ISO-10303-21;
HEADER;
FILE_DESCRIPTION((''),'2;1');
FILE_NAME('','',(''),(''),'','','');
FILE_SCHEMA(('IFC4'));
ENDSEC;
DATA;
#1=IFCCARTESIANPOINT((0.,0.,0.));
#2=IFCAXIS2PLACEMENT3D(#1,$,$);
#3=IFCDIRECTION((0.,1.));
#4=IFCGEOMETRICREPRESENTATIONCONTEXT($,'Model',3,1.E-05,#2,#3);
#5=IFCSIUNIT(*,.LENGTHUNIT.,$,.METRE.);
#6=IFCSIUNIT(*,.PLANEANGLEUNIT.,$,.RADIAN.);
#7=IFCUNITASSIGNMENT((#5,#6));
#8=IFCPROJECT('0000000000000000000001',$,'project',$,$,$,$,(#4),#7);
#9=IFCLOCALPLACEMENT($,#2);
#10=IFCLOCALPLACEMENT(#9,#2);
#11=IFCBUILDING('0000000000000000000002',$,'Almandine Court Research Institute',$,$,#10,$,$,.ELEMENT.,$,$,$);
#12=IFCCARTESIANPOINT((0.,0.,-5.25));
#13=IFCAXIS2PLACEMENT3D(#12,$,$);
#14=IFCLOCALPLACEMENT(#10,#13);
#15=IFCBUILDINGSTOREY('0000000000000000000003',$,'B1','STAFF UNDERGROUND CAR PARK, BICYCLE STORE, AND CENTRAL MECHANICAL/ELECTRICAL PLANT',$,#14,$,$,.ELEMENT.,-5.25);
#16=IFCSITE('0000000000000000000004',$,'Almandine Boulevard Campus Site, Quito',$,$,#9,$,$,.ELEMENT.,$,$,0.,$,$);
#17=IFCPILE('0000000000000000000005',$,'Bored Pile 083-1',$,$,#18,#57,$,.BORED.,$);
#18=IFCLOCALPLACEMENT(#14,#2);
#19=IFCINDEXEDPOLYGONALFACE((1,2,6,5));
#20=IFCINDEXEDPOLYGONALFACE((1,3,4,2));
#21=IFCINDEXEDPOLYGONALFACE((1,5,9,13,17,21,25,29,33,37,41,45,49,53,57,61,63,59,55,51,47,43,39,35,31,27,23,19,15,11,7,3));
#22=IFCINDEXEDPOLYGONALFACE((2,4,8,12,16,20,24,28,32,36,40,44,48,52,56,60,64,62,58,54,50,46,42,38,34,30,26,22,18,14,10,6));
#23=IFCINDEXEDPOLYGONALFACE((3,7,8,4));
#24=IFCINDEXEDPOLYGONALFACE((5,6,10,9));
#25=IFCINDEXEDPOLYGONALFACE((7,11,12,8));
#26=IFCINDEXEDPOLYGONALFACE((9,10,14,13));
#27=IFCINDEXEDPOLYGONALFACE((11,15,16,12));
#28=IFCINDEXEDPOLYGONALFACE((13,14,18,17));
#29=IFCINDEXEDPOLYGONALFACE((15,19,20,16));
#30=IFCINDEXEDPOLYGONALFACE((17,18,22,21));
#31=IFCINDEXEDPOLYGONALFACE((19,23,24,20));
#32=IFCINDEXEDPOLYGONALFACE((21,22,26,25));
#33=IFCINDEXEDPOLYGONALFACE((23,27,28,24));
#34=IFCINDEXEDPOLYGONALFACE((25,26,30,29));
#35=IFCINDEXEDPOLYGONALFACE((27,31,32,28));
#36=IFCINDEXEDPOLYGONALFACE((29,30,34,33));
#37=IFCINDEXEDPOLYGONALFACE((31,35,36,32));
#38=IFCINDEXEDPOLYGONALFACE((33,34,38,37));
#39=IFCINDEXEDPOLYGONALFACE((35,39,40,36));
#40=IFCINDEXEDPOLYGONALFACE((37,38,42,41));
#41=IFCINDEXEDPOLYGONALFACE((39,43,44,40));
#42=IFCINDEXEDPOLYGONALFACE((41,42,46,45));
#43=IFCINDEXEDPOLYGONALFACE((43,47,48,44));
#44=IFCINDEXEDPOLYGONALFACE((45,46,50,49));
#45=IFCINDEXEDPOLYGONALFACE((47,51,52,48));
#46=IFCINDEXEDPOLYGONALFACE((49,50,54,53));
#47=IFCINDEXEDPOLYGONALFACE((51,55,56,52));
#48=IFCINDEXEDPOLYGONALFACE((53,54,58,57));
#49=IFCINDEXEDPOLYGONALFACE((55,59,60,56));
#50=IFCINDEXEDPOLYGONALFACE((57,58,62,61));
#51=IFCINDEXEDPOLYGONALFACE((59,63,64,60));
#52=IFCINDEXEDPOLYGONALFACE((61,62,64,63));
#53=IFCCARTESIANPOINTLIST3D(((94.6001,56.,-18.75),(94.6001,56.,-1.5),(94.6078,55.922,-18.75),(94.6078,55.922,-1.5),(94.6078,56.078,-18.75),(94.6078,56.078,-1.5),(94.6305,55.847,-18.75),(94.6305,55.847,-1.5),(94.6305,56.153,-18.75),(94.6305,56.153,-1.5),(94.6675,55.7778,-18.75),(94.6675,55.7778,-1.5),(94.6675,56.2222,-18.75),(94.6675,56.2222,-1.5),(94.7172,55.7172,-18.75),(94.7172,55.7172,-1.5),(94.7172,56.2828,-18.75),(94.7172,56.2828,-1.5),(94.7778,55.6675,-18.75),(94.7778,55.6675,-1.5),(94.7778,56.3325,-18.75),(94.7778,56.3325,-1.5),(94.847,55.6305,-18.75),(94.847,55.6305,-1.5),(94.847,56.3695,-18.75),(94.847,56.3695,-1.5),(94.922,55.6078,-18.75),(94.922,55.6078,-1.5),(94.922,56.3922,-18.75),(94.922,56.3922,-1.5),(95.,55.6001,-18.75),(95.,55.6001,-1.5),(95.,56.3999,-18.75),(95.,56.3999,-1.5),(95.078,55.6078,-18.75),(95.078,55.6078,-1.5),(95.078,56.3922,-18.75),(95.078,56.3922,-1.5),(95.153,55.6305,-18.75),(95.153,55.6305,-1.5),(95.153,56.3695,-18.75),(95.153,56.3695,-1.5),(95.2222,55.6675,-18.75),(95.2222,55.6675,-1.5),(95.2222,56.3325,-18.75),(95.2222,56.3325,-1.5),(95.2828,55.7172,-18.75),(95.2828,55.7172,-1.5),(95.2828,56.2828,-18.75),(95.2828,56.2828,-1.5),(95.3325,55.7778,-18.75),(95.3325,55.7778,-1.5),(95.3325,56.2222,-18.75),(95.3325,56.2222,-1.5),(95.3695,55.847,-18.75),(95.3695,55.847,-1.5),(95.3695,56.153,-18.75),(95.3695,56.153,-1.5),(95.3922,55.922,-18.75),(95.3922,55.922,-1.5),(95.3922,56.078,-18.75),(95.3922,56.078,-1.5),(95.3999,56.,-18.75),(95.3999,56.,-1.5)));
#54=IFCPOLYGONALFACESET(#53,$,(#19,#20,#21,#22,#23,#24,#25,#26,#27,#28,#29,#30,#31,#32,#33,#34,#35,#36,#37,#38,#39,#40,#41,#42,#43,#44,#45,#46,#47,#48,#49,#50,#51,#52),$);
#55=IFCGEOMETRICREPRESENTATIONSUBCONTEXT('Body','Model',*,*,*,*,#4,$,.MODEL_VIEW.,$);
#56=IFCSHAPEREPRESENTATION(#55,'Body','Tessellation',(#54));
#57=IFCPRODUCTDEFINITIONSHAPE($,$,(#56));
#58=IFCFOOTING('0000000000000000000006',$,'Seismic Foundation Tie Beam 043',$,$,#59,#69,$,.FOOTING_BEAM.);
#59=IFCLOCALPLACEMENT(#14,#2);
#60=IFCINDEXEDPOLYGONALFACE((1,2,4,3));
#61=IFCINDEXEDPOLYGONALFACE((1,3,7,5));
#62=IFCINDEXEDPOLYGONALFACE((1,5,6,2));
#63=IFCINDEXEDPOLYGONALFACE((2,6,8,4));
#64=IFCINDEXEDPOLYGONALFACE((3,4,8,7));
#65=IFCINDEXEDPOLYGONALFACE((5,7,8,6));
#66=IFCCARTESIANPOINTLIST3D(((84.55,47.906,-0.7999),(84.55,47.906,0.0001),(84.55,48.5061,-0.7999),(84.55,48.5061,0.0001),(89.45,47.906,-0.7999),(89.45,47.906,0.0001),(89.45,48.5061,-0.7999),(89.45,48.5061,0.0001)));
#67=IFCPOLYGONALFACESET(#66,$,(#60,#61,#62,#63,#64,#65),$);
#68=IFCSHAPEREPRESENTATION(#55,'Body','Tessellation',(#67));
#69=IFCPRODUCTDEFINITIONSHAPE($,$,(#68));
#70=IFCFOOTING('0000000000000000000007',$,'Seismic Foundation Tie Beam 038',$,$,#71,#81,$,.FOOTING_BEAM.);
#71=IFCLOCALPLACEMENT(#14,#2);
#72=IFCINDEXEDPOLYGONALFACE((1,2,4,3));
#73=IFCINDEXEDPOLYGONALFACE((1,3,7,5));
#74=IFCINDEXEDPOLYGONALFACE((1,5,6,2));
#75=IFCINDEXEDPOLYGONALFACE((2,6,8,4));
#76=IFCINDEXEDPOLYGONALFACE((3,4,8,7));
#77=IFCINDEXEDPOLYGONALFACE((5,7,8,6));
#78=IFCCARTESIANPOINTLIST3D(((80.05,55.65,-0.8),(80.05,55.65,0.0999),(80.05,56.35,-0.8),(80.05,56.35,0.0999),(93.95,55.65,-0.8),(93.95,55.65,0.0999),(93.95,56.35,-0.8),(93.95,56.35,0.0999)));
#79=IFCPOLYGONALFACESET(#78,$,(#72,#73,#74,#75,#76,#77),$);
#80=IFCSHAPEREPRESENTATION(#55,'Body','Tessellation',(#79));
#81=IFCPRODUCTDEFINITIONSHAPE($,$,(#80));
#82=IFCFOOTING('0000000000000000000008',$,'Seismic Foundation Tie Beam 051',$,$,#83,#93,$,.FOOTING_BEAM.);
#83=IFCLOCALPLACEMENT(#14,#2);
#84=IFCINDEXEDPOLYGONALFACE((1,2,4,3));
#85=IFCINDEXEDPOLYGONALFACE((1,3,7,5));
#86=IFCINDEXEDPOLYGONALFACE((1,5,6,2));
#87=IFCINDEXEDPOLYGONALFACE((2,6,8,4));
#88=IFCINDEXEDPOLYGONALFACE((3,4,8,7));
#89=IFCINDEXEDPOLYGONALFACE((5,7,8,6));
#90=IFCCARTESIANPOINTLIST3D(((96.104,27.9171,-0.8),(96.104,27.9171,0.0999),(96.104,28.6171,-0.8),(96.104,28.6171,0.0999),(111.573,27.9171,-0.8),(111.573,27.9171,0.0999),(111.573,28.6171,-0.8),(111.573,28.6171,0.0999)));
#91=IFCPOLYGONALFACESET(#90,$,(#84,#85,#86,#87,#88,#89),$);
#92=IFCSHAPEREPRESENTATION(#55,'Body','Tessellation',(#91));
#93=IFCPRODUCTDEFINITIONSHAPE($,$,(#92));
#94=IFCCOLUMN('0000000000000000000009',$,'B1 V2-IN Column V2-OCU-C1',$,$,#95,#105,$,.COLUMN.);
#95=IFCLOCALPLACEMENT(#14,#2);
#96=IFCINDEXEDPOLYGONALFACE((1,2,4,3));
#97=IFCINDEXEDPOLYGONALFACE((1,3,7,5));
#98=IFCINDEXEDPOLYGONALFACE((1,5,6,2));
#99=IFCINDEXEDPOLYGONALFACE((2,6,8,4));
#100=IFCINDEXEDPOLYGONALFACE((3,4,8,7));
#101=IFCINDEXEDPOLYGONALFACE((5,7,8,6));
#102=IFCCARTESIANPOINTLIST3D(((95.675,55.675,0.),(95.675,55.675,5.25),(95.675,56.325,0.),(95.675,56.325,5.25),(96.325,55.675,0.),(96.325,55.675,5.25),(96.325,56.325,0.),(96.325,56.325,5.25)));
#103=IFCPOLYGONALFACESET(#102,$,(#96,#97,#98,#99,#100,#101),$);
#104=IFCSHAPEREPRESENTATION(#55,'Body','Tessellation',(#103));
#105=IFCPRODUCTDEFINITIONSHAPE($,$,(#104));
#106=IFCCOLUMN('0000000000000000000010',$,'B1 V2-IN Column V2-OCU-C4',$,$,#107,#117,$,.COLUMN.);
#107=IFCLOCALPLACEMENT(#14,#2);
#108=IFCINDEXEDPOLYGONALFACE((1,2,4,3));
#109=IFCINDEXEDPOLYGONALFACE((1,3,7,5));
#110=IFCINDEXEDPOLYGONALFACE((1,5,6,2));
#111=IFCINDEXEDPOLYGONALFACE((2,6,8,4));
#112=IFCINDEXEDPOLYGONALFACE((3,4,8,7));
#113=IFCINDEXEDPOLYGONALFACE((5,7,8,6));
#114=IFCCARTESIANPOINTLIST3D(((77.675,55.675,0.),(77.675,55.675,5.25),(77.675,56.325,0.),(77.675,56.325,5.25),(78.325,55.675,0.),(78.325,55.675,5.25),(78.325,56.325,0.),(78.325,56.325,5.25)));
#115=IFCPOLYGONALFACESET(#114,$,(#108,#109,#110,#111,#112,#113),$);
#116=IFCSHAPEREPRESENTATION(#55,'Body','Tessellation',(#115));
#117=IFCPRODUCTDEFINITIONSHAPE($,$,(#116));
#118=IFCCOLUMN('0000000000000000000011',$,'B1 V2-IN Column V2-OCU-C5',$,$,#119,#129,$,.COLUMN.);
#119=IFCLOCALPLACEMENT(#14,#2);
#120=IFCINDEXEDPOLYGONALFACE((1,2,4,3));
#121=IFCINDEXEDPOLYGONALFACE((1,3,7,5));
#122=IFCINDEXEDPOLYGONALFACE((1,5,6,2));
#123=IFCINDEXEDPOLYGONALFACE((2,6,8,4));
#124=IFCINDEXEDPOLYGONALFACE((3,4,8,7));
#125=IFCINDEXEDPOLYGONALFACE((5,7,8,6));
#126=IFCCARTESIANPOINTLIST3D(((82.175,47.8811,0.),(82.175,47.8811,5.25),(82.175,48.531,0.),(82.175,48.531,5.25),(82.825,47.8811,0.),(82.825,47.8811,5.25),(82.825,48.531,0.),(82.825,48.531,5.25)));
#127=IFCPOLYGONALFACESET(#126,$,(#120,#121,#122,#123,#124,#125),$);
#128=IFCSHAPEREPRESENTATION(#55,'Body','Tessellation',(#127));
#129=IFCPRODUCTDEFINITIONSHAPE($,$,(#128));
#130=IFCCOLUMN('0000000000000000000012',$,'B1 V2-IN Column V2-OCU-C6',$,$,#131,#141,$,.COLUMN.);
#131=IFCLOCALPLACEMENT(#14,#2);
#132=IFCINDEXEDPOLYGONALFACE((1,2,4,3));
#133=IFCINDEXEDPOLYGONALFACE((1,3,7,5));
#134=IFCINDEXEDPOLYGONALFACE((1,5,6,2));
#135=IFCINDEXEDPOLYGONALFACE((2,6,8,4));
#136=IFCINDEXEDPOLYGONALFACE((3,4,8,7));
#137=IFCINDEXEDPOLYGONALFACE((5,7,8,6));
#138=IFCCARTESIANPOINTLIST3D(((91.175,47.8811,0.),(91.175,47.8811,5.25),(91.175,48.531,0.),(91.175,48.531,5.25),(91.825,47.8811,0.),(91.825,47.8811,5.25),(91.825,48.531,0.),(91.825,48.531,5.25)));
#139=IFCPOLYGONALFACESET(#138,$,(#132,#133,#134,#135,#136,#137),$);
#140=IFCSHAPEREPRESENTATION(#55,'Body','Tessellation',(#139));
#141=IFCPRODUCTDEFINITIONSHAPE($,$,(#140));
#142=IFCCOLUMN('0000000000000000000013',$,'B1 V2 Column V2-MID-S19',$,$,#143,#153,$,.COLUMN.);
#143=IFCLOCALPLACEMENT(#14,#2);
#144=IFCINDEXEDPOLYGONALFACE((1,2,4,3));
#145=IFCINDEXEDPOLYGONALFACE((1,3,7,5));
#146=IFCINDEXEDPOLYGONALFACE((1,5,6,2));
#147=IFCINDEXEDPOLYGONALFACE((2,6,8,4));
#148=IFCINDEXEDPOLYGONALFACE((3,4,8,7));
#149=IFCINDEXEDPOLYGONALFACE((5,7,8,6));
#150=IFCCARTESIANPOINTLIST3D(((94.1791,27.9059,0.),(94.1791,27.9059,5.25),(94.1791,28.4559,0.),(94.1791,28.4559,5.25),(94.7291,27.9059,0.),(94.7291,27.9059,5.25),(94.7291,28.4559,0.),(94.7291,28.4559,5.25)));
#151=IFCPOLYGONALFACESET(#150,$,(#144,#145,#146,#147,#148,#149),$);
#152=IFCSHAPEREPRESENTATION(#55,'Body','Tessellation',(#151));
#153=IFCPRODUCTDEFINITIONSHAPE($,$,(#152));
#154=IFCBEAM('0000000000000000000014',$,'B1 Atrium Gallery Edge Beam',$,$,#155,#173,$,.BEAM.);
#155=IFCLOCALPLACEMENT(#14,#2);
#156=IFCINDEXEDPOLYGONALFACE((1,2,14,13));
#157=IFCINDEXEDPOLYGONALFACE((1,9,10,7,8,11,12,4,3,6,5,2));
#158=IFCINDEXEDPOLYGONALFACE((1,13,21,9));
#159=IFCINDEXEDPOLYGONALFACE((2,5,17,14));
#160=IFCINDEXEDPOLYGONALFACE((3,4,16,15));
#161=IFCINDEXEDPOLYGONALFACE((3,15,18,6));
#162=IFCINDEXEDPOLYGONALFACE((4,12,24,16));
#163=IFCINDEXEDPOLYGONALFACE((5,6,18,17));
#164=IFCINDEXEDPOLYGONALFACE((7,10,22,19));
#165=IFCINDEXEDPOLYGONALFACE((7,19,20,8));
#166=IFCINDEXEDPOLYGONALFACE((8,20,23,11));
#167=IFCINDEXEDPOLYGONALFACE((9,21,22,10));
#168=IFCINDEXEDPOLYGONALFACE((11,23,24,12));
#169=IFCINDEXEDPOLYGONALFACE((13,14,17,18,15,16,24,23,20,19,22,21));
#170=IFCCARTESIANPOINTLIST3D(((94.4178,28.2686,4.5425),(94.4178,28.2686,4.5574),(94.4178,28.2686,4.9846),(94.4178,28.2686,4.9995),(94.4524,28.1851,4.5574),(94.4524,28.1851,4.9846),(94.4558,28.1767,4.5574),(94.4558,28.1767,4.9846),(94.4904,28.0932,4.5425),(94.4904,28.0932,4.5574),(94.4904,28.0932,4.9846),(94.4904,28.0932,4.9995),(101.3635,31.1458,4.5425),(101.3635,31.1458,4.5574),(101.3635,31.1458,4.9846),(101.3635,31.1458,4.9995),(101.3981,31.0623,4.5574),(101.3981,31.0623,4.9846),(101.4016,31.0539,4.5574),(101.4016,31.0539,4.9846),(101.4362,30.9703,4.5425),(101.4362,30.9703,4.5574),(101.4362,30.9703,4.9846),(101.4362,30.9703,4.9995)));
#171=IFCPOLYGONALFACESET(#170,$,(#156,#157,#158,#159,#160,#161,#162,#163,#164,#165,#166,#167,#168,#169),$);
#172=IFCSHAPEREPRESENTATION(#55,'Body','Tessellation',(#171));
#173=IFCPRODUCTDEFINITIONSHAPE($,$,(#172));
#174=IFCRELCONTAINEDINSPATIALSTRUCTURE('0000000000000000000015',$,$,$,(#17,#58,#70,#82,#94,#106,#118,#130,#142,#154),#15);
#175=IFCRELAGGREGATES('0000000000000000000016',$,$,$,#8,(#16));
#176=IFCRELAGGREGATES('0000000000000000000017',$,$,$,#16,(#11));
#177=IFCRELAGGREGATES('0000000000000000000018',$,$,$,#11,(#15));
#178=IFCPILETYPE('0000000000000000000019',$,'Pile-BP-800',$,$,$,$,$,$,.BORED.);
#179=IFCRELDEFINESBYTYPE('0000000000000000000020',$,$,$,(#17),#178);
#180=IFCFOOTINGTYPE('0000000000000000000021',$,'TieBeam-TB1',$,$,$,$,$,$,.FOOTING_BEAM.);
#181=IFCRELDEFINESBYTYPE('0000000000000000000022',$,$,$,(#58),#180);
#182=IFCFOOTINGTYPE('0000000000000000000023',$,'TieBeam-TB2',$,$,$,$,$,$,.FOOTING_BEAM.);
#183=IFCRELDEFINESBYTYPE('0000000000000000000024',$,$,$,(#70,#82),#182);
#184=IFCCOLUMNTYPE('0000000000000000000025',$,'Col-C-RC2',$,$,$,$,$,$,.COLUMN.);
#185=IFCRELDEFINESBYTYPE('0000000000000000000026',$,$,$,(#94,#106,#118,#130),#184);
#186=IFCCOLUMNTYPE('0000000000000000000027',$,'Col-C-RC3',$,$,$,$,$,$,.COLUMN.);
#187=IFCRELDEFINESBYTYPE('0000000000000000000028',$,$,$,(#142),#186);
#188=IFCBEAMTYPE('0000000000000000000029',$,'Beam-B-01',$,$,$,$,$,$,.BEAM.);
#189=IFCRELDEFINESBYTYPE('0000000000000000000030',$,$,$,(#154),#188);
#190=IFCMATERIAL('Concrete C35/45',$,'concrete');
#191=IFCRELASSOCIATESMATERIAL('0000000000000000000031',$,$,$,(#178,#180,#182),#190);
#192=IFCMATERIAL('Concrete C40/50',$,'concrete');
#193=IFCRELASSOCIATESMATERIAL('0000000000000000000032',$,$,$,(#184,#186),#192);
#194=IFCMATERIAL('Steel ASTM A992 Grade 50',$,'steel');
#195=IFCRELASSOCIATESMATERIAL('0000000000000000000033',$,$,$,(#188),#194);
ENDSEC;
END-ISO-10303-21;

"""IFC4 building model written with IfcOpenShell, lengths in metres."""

from ifc_helpers import new_model, si_unit, direction, frame, origin, origin_2d, place, context, subcontext, project, spatial, rectangle, circle, i_section, extrude, material, material_profile, profile_set, type_object, element, save


model = new_model("IFC4")

# Units and contexts
model_context = context("Model", 3, precision=1e-05, world=origin(), true_north=direction((0.0, 1.0)))
body_context = subcontext(model_context, "Body", "Model", "MODEL_VIEW")
ifc_project = project(units=[si_unit("LENGTHUNIT", "METRE"), si_unit("PLANEANGLEUNIT", "RADIAN")], contexts=[model_context])

# Site, building, storey
site_placement = place(None, origin())
site = spatial("IfcSite", under=ifc_project, at=site_placement, Name="Almandine Boulevard Campus Site, Quito", CompositionType="ELEMENT", RefElevation=0.0)
building_placement = place(site_placement, origin())
building = spatial("IfcBuilding", under=site, at=building_placement, Name="Almandine Court Research Institute", CompositionType="ELEMENT")
storey_placement = place(building_placement, frame((0.0, 0.0, -5.25)))
storey = spatial("IfcBuildingStorey", under=building, at=storey_placement, Name="B1", Description="STAFF UNDERGROUND CAR PARK, BICYCLE STORE, AND CENTRAL MECHANICAL/ELECTRICAL PLANT", CompositionType="ELEMENT", Elevation=-5.25)

# Shared definitions
ifc_material_1 = material(Name="Concrete C35/45", Category="concrete")

# Pile
ifc_material_profile_1 = material_profile(ifc_material_1, circle(Radius=0.3999, at=origin_2d()), Name="BORED PILE D800")
ifc_profile_set_1 = profile_set([ifc_material_profile_1], Name="Concrete C35/45")
pile_type = type_object("IfcPileType", Name="Pile-BP-800", PredefinedType="BORED", material=ifc_profile_set_1)
for number, where, z_axis, x_axis, name in (
    (1, (95.0, 56.0, -1.5), (0.0, 0.0, -1.0), (1.0, 0.0, 0.0), "Bored Pile 083-1"),
):
    element("IfcPile", number, at=place(storey_placement, frame(where, z_axis=z_axis, x_axis=x_axis)), inside=storey, type_object=pile_type, Name=name, PredefinedType="BORED", context=body_context, shape_type="SweptSolid", body=[
        extrude(circle(Radius=0.3999, at=origin_2d()), origin(), (0.0, 0.0, 1.0), 17.25),
    ])

# Footings
ifc_material_profile_2 = material_profile(ifc_material_1, rectangle(XDim=0.6001, YDim=0.8, at=origin_2d()), Name="RC TIE 600x800")
ifc_profile_set_2 = profile_set([ifc_material_profile_2], Name="Concrete C35/45")
footing_type_1 = type_object("IfcFootingType", Name="TieBeam-TB1", PredefinedType="FOOTING_BEAM", material=ifc_profile_set_2)
footing_1_placement = place(storey_placement, frame((84.55, 48.2061, -0.3999), z_axis=(1.0, 0.0, 0.0), x_axis=(0.0, 1.0, 0.0)))
element("IfcFooting", 2, at=footing_1_placement, inside=storey, type_object=footing_type_1, Name="Seismic Foundation Tie Beam 043", PredefinedType="FOOTING_BEAM", context=body_context, shape_type="SweptSolid", body=[
    extrude(rectangle(XDim=0.6001, YDim=0.8, at=origin_2d()), origin(), (0.0, 0.0, 1.0), 4.8999),
])
ifc_material_profile_3 = material_profile(ifc_material_1, rectangle(XDim=0.7, YDim=0.8999, at=origin_2d()), Name="RC TIE 700x900")
ifc_profile_set_3 = profile_set([ifc_material_profile_3], Name="Concrete C35/45")
footing_type_2 = type_object("IfcFootingType", Name="TieBeam-TB2", PredefinedType="FOOTING_BEAM", material=ifc_profile_set_3)
footing_2_placement = place(storey_placement, frame((80.05, 56.0, -0.3501), z_axis=(1.0, 0.0, 0.0), x_axis=(0.0, 1.0, 0.0)))
element("IfcFooting", 3, at=footing_2_placement, inside=storey, type_object=footing_type_2, Name="Seismic Foundation Tie Beam 038", PredefinedType="FOOTING_BEAM", context=body_context, shape_type="SweptSolid", body=[
    extrude(rectangle(XDim=0.7, YDim=0.8999, at=origin_2d()), origin(), (0.0, 0.0, 1.0), 13.8999),
])
footing_3_placement = place(storey_placement, frame((96.104, 28.2671, -0.3501), z_axis=(1.0, 0.0, 0.0), x_axis=(0.0, 1.0, 0.0)))
element("IfcFooting", 4, at=footing_3_placement, inside=storey, type_object=footing_type_2, Name="Seismic Foundation Tie Beam 051", PredefinedType="FOOTING_BEAM", context=body_context, shape_type="SweptSolid", body=[
    extrude(rectangle(XDim=0.7, YDim=0.8999, at=origin_2d()), origin(), (0.0, 0.0, 1.0), 15.469),
])

# Columns
ifc_material_2 = material(Name="Concrete C40/50", Category="concrete")
ifc_material_profile_4 = material_profile(ifc_material_2, rectangle(XDim=0.6499, YDim=0.6499, at=origin_2d()), Name="RC 650x650")
ifc_profile_set_4 = profile_set([ifc_material_profile_4], Name="Concrete C40/50")
column_type_1 = type_object("IfcColumnType", Name="Col-C-RC2", PredefinedType="COLUMN", material=ifc_profile_set_4)
for number, where, z_axis, x_axis, name in (
    (5, (96.0, 56.0, 0.0), (0.0, 0.0, 1.0), (1.0, 0.0, 0.0), "B1 V2-IN Column V2-OCU-C1"),
    (6, (78.0, 56.0, 0.0), (0.0, 0.0, 1.0), (1.0, 0.0, 0.0), "B1 V2-IN Column V2-OCU-C4"),
    (7, (82.5, 48.2061, 0.0), (0.0, 0.0, 1.0), (1.0, 0.0, 0.0), "B1 V2-IN Column V2-OCU-C5"),
    (8, (91.5, 48.2061, 0.0), (0.0, 0.0, 1.0), (1.0, 0.0, 0.0), "B1 V2-IN Column V2-OCU-C6"),
):
    element("IfcColumn", number, at=place(storey_placement, frame(where, z_axis=z_axis, x_axis=x_axis)), inside=storey, type_object=column_type_1, Name=name, PredefinedType="COLUMN", context=body_context, shape_type="SweptSolid", body=[
        extrude(rectangle(XDim=0.6499, YDim=0.6499, at=origin_2d()), origin(), (0.0, 0.0, 1.0), 5.25),
    ])
ifc_material_profile_5 = material_profile(ifc_material_2, rectangle(XDim=0.55, YDim=0.55, at=origin_2d()), Name="RC 550x550")
ifc_profile_set_5 = profile_set([ifc_material_profile_5], Name="Concrete C40/50")
column_type_2 = type_object("IfcColumnType", Name="Col-C-RC3", PredefinedType="COLUMN", material=ifc_profile_set_5)
column_placement = place(storey_placement, frame((94.4541, 28.1809, 0.0), z_axis=(0.0, 0.0, 1.0), x_axis=(1.0, 0.0, 0.0)))
element("IfcColumn", 9, at=column_placement, inside=storey, type_object=column_type_2, Name="B1 V2 Column V2-MID-S19", PredefinedType="COLUMN", context=body_context, shape_type="SweptSolid", body=[
    extrude(rectangle(XDim=0.55, YDim=0.55, at=origin_2d()), origin(), (0.0, 0.0, 1.0), 5.25),
])

# Beam
ifc_material_3 = material(Name="Steel ASTM A992 Grade 50", Category="steel")
ifc_material_profile_6 = material_profile(ifc_material_3, i_section(OverallWidth=0.1899, OverallDepth=0.457, WebThickness=0.009, FlangeThickness=0.0149, at=origin_2d()), Name="W460x74")
ifc_profile_set_6 = profile_set([ifc_material_profile_6], Name="Steel ASTM A992 Grade 50")
beam_type_1 = type_object("IfcBeamType", Name="Beam-B-01", PredefinedType="BEAM", material=ifc_profile_set_6)
beam_1_placement = place(storey_placement, frame((94.4541, 28.1809, 4.771), z_axis=(0.923872, 0.382701, 0.0), x_axis=(-0.382701, 0.923872, 0.0)))
element("IfcBeam", 10, at=beam_1_placement, inside=storey, type_object=beam_type_1, Name="B1 Atrium Gallery Edge Beam", PredefinedType="BEAM", context=body_context, shape_type="SweptSolid", body=[
    extrude(i_section(OverallWidth=0.1899, OverallDepth=0.457, WebThickness=0.009, FlangeThickness=0.0149, at=origin_2d()), origin(), (0.0, 0.0, 1.0), 7.5181),
])

save(model, "model.ifc")
